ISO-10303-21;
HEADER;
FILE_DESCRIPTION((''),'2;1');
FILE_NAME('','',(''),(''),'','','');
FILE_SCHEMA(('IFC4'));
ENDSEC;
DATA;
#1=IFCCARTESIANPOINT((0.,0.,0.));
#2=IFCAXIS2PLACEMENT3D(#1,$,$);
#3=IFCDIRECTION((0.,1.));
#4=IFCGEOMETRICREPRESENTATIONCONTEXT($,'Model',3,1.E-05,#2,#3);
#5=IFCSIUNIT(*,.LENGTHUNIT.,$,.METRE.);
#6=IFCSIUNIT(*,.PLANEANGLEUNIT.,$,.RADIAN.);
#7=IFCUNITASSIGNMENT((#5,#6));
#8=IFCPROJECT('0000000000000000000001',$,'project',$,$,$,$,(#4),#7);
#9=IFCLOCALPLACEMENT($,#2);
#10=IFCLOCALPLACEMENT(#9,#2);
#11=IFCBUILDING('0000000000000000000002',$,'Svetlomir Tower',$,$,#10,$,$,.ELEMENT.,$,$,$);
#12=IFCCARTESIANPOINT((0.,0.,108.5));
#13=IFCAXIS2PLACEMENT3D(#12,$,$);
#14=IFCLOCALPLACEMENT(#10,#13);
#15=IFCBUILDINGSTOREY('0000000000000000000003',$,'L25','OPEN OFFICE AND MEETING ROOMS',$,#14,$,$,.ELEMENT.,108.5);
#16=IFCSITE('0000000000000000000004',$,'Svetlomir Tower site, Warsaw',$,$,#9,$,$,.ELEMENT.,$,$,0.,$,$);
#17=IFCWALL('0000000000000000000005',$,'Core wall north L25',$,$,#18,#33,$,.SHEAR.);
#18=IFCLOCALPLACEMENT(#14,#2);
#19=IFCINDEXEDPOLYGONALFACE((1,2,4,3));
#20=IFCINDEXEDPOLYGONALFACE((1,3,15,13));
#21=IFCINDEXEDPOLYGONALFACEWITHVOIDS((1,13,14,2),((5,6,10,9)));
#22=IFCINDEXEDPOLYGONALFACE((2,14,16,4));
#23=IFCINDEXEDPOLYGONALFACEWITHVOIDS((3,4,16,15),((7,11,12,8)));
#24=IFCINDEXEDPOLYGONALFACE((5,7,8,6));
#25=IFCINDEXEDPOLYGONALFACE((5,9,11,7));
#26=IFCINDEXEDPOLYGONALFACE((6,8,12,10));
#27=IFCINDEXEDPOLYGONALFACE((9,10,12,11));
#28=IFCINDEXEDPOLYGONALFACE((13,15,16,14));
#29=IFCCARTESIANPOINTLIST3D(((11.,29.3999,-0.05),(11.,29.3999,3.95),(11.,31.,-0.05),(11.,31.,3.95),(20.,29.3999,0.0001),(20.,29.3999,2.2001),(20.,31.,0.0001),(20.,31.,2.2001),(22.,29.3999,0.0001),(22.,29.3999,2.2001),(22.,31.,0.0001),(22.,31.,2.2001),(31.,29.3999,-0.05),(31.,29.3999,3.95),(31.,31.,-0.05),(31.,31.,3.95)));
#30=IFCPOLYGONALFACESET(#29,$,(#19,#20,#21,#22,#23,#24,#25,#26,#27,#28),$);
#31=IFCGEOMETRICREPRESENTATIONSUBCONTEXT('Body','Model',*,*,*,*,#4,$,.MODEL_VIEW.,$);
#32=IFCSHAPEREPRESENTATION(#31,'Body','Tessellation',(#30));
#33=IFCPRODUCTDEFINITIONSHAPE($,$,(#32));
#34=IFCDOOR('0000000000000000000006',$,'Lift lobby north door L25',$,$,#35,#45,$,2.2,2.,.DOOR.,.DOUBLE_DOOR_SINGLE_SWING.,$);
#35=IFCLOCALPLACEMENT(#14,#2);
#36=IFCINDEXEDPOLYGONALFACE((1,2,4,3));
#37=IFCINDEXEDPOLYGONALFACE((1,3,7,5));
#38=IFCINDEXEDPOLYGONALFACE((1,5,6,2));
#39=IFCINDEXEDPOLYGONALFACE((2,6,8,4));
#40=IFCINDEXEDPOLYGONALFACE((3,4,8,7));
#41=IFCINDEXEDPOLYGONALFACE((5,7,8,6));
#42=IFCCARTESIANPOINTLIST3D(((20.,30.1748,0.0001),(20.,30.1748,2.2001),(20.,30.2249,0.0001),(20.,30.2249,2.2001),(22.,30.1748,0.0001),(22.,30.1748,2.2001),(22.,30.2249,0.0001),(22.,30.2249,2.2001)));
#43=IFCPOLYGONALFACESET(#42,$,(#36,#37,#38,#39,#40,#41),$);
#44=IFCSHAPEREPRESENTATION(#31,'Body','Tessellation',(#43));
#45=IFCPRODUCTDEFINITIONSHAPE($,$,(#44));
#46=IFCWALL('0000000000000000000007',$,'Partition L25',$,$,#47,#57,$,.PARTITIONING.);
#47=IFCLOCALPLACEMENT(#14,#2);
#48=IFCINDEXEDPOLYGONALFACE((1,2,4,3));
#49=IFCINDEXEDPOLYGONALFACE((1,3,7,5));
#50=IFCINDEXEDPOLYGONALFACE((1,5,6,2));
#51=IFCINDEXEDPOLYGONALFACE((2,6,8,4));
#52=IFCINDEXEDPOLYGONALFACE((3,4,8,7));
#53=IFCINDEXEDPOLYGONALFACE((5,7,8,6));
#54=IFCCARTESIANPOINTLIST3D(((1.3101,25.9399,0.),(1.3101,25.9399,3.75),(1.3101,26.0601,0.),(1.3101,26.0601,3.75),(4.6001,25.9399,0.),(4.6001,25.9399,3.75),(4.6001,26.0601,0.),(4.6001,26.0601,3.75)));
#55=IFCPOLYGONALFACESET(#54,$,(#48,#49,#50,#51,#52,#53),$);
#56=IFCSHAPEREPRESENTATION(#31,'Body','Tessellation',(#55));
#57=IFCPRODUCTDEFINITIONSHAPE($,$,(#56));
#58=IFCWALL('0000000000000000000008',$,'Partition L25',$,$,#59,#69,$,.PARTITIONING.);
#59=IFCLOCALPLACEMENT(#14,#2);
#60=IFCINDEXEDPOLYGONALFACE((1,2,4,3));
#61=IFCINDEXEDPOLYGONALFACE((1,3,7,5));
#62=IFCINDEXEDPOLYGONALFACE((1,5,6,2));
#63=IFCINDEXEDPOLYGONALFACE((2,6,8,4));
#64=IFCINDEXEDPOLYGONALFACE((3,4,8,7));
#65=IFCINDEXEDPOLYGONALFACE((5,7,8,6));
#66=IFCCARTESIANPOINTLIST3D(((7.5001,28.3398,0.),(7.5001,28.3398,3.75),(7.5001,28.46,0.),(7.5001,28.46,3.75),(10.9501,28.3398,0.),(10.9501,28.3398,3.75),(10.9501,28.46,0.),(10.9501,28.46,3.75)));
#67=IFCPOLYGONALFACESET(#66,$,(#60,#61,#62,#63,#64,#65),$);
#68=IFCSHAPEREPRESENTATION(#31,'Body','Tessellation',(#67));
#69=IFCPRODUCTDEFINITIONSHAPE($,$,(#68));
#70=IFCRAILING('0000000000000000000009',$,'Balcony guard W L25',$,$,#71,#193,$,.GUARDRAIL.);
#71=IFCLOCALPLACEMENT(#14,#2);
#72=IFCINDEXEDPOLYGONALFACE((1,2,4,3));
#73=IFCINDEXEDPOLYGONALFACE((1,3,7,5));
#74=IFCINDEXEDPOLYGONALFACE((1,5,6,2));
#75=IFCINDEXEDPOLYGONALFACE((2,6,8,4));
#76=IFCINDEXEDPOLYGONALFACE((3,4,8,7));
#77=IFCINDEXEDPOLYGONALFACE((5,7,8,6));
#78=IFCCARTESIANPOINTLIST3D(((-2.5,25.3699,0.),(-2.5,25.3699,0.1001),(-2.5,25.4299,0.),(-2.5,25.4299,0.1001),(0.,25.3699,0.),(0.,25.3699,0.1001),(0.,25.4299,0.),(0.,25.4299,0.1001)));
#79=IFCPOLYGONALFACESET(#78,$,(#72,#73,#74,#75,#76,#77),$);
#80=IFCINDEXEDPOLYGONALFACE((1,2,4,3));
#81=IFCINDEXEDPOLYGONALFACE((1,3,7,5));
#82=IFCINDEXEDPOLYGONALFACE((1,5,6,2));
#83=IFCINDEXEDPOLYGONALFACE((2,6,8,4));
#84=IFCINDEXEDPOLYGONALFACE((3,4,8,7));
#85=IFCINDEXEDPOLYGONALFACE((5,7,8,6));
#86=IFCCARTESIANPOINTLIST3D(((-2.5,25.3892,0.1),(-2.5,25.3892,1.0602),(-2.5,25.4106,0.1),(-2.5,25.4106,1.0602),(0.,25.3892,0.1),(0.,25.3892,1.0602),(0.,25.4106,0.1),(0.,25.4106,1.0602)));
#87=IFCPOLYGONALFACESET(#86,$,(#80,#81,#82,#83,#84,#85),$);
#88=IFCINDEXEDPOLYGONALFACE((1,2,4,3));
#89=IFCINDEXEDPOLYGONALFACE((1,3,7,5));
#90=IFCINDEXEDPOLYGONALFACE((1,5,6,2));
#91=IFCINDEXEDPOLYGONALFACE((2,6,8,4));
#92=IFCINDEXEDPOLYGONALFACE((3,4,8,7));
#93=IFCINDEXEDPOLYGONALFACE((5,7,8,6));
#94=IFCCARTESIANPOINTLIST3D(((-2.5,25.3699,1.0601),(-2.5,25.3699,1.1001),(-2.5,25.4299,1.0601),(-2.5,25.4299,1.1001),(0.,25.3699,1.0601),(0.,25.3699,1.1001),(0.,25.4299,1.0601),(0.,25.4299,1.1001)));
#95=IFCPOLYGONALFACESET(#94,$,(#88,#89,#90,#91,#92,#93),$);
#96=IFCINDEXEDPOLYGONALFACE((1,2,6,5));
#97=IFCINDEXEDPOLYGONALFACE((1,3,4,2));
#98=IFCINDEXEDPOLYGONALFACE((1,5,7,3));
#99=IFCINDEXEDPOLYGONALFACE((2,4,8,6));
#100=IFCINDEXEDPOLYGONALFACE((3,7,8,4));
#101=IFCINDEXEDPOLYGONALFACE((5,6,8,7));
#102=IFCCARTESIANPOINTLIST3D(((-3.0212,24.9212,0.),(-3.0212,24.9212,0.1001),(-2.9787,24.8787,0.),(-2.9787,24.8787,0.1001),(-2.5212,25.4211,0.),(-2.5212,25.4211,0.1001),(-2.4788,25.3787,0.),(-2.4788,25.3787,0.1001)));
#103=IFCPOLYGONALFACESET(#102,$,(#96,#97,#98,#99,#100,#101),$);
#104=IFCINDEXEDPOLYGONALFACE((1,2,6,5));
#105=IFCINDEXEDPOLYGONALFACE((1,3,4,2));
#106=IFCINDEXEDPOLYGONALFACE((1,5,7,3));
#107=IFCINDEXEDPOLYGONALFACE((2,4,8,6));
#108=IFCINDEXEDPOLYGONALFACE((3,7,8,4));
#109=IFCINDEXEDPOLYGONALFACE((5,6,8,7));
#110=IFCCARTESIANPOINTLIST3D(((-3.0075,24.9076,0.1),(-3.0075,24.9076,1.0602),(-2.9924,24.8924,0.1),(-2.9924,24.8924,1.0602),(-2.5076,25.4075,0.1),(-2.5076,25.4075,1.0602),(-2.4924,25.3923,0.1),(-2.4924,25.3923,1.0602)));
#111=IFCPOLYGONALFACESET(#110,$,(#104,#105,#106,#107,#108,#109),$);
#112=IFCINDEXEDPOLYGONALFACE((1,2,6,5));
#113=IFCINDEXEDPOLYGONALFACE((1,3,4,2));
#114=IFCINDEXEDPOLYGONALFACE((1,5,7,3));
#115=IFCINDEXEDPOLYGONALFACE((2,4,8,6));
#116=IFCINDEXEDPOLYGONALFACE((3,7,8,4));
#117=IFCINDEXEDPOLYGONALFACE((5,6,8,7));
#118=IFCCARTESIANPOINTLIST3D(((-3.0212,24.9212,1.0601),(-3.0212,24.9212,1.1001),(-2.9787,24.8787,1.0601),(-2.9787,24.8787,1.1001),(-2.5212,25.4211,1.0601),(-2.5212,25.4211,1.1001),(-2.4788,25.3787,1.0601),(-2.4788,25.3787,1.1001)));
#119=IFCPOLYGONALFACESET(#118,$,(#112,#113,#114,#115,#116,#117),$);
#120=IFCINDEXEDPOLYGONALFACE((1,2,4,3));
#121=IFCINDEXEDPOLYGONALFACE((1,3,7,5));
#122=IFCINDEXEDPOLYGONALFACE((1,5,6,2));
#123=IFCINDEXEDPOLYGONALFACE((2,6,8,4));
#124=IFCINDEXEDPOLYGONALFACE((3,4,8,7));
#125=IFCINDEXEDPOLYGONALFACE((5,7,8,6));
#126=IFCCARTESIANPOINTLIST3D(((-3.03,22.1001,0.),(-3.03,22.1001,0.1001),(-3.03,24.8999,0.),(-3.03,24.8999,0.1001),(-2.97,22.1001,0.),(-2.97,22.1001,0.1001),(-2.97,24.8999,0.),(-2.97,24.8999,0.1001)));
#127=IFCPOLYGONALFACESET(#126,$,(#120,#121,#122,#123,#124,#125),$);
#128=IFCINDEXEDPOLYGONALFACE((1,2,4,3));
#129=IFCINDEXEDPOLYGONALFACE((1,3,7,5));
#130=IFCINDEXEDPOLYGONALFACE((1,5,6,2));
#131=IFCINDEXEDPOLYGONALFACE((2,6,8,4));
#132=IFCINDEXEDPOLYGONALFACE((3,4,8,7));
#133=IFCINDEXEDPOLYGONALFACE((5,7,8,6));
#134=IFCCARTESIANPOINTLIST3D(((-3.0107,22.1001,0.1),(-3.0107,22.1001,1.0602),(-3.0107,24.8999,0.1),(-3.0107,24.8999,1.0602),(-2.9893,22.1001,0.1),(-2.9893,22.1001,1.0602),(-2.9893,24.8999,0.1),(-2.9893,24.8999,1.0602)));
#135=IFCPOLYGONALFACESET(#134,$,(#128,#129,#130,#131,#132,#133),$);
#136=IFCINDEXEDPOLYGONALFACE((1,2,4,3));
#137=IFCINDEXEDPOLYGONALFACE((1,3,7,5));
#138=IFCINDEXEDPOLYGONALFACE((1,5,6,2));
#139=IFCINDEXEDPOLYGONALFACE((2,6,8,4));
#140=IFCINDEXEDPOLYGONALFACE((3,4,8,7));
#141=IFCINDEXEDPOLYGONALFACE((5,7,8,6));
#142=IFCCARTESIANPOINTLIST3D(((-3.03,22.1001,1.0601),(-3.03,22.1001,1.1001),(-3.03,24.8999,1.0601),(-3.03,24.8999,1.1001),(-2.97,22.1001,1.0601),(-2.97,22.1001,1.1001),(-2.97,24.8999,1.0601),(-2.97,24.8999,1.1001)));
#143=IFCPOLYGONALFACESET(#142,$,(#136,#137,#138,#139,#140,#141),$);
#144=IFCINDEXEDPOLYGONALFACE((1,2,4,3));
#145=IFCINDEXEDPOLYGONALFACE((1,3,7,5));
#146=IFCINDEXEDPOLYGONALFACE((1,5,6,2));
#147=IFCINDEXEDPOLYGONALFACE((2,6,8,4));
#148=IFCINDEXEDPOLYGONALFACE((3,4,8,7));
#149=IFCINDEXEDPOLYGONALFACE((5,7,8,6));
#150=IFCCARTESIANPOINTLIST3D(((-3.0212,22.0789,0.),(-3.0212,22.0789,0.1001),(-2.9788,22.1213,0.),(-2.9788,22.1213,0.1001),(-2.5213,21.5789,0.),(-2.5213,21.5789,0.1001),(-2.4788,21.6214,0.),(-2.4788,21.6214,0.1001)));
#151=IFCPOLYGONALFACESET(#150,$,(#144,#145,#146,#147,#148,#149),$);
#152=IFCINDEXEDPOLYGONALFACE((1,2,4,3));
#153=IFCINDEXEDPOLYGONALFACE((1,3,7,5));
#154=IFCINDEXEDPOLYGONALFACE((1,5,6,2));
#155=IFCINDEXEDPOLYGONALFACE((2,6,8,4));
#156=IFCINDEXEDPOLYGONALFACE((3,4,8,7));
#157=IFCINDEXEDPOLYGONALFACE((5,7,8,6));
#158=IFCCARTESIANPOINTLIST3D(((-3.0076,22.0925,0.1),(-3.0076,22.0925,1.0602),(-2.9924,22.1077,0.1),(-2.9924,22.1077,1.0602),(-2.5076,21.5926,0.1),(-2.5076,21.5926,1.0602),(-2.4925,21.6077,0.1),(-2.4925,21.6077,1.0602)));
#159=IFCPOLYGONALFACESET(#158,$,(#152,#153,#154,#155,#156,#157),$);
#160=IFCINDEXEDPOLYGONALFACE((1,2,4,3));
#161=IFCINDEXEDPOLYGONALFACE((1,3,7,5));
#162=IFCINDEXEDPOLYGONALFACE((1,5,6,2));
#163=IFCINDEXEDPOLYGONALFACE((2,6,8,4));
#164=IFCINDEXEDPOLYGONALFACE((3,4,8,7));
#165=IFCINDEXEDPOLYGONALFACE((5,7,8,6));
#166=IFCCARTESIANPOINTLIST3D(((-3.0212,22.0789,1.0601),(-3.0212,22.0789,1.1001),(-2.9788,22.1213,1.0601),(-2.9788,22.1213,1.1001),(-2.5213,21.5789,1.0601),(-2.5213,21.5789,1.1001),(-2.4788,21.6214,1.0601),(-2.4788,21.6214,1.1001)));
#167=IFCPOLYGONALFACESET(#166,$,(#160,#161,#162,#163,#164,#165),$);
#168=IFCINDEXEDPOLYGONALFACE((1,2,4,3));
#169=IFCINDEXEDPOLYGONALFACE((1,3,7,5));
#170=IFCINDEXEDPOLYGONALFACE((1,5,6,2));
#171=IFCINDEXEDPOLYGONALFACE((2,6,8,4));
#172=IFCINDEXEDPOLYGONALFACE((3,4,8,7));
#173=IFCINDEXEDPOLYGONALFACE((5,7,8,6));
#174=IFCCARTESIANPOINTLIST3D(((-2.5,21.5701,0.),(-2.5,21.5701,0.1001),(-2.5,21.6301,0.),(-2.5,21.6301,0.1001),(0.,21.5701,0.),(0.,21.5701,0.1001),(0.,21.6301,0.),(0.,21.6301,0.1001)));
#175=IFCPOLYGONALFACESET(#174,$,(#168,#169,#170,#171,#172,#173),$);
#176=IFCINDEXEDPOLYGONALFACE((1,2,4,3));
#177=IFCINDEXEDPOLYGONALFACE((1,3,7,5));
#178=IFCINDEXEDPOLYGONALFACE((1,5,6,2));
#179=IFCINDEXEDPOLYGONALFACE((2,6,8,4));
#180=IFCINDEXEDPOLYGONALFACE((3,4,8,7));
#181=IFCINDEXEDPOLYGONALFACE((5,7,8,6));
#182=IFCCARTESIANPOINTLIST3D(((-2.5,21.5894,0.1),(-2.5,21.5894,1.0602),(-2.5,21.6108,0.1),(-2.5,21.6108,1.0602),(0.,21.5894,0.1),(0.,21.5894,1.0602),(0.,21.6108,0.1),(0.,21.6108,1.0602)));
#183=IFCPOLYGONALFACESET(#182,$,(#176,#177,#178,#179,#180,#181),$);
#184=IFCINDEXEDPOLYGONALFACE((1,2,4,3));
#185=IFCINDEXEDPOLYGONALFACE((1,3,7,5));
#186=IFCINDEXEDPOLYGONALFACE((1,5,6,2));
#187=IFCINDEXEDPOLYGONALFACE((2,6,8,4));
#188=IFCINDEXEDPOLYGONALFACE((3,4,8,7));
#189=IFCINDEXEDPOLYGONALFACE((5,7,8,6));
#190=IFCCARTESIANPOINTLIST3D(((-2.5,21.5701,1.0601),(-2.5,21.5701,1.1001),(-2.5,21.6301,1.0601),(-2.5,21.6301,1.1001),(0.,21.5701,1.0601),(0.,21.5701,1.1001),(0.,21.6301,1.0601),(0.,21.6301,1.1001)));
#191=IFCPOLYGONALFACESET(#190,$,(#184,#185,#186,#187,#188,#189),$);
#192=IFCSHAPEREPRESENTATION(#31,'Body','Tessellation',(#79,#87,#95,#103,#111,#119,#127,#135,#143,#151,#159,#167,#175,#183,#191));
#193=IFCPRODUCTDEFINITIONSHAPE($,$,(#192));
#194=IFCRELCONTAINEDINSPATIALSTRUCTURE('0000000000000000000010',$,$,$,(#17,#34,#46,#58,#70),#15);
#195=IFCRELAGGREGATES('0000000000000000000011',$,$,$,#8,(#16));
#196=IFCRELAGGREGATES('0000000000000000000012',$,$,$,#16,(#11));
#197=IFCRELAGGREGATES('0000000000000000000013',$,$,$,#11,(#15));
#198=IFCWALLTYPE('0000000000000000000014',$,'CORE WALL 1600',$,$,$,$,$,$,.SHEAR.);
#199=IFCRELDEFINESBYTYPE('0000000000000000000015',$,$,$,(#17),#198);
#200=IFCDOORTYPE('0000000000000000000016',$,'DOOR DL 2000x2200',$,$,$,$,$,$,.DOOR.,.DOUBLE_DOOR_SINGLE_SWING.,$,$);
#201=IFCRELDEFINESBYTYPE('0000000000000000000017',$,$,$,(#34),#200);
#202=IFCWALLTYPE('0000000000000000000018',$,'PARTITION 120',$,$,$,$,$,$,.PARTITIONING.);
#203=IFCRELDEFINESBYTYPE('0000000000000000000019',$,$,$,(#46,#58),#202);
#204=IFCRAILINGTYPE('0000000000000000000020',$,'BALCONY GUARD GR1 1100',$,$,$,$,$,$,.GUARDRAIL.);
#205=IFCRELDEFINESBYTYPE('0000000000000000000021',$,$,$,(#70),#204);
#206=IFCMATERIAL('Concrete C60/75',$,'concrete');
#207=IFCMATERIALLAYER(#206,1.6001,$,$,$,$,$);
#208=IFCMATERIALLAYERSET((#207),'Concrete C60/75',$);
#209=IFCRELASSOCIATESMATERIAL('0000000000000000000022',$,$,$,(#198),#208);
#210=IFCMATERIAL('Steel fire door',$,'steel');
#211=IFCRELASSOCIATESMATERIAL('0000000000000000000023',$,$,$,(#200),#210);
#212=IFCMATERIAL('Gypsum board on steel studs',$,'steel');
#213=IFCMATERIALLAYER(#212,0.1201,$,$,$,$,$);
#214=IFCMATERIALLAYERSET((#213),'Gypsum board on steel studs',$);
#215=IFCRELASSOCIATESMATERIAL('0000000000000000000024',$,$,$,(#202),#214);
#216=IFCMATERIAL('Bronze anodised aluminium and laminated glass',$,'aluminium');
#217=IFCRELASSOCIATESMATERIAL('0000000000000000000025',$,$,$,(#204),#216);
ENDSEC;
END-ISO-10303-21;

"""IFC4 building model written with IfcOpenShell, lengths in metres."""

from ifc_helpers import new_model, si_unit, direction, frame, frame_2d, origin, origin_2d, place, context, subcontext, project, spatial, rectangle, extrude, material, layer, layer_set, type_object, element, fill, save


model = new_model("IFC4")

# Units and contexts
model_context = context("Model", 3, precision=1e-05, world=origin(), true_north=direction((0.0, 1.0)))
body_context = subcontext(model_context, "Body", "Model", "MODEL_VIEW")
ifc_project = project(units=[si_unit("LENGTHUNIT", "METRE"), si_unit("PLANEANGLEUNIT", "RADIAN")], contexts=[model_context])

# Site, building, storey
site_placement = place(None, origin())
site = spatial("IfcSite", under=ifc_project, at=site_placement, Name="Svetlomir Tower site, Warsaw", CompositionType="ELEMENT", RefElevation=0.0)
building_placement = place(site_placement, origin())
building = spatial("IfcBuilding", under=site, at=building_placement, Name="Svetlomir Tower", CompositionType="ELEMENT")
storey_placement = place(building_placement, frame((0.0, 0.0, 108.5)))
storey = spatial("IfcBuildingStorey", under=building, at=storey_placement, Name="L25", Description="OPEN OFFICE AND MEETING ROOMS", CompositionType="ELEMENT", Elevation=108.5)

# Wall, opening, door
ifc_material_1 = material(Name="Concrete C60/75", Category="concrete")
ifc_layer_1 = layer(ifc_material_1, 1.6001)
ifc_layer_set_1 = layer_set([ifc_layer_1], Name="Concrete C60/75")
wall_type_1 = type_object("IfcWallType", Name="CORE WALL 1600", PredefinedType="SHEAR", material=ifc_layer_set_1)
wall_1_placement = place(storey_placement, frame((11.0, 30.2, -0.05), z_axis=(0.0, 0.0, 1.0), x_axis=(1.0, 0.0, 0.0)))
wall_1 = element("IfcWall", 1, at=wall_1_placement, inside=storey, type_object=wall_type_1, Name="Core wall north L25", PredefinedType="SHEAR", context=body_context, shape_type="SweptSolid", body=[
    extrude(rectangle(XDim=20.0, YDim=1.6001, at=frame_2d((10.0, 0.0))), origin(), (0.0, 0.0, 1.0), 4.0),
])
opening_1_placement = place(wall_1_placement, frame((9.0, 0.0, 0.05)))
opening_1 = element("IfcOpeningElement", 2, at=opening_1_placement, cuts=wall_1, PredefinedType="OPENING", context=body_context, shape_type="SweptSolid", body=[
    extrude(rectangle(XDim=2.0, YDim=2.2, at=frame_2d((1.0, 1.1001))), frame((0.0, 0.8101, 0.0), z_axis=(0.0, -1.0, 0.0), x_axis=(1.0, 0.0, 0.0)), (0.0, 0.0, 1.0), 1.6201),
])
ifc_material_2 = material(Name="Steel fire door", Category="steel")
door_type_1 = type_object("IfcDoorType", Name="DOOR DL 2000x2200", OperationType="DOUBLE_DOOR_SINGLE_SWING", PredefinedType="DOOR", material=ifc_material_2)
door_1_placement = place(opening_1_placement, origin())
door_1 = element("IfcDoor", 3, at=door_1_placement, inside=storey, type_object=door_type_1, Name="Lift lobby north door L25", OperationType="DOUBLE_DOOR_SINGLE_SWING", OverallHeight=2.2, OverallWidth=2.0, PredefinedType="DOOR", context=body_context, shape_type="SweptSolid", body=[
    extrude(rectangle(XDim=2.0, YDim=2.2, at=frame_2d((1.0, 1.1001))), frame((0.0, 0.0249, 0.0), z_axis=(0.0, -1.0, 0.0), x_axis=(1.0, 0.0, 0.0)), (0.0, 0.0, 1.0), 0.05),
])
fill(opening_1, door_1)

# Walls
ifc_material_3 = material(Name="Gypsum board on steel studs", Category="steel")
ifc_layer_2 = layer(ifc_material_3, 0.1201)
ifc_layer_set_2 = layer_set([ifc_layer_2], Name="Gypsum board on steel studs")
wall_type_2 = type_object("IfcWallType", Name="PARTITION 120", PredefinedType="PARTITIONING", material=ifc_layer_set_2)
wall_2_placement = place(storey_placement, frame((1.3101, 26.0, 0.0), z_axis=(0.0, 0.0, 1.0), x_axis=(1.0, 0.0, 0.0)))
element("IfcWall", 4, at=wall_2_placement, inside=storey, type_object=wall_type_2, Name="Partition L25", PredefinedType="PARTITIONING", context=body_context, shape_type="SweptSolid", body=[
    extrude(rectangle(XDim=3.29, YDim=0.1201, at=frame_2d((1.645, 0.0))), origin(), (0.0, 0.0, 1.0), 3.75),
])
wall_3_placement = place(storey_placement, frame((7.5, 28.3999, 0.0), z_axis=(0.0, 0.0, 1.0), x_axis=(1.0, 0.0, 0.0)))
element("IfcWall", 5, at=wall_3_placement, inside=storey, type_object=wall_type_2, Name="Partition L25", PredefinedType="PARTITIONING", context=body_context, shape_type="SweptSolid", body=[
    extrude(rectangle(XDim=3.45, YDim=0.1201, at=frame_2d((1.7251, 0.0))), origin(), (0.0, 0.0, 1.0), 3.75),
])

# Railing
ifc_material_4 = material(Name="Bronze anodised aluminium and laminated glass", Category="aluminium")
railing_type = type_object("IfcRailingType", Name="BALCONY GUARD GR1 1100", PredefinedType="GUARDRAIL", material=ifc_material_4)
railing_placement = place(storey_placement, frame((0.0, 25.3999, 0.0)))
element("IfcRailing", 6, at=railing_placement, inside=storey, type_object=railing_type, Name="Balcony guard W L25", PredefinedType="GUARDRAIL", context=body_context, shape_type="SweptSolid", body=[
    extrude(rectangle(XDim=0.0601, YDim=0.1001, at=origin_2d()), frame((0.0, 0.0, 0.05), z_axis=(-1.0, 0.0, 0.0), x_axis=(0.0, -1.0, 0.0)), (0.0, 0.0, 1.0), 2.5),
    extrude(rectangle(XDim=0.0215, YDim=0.9602, at=origin_2d()), frame((0.0, 0.0, 0.5801), z_axis=(-1.0, 0.0, 0.0), x_axis=(0.0, -1.0, 0.0)), (0.0, 0.0, 1.0), 2.5),
    extrude(rectangle(XDim=0.0601, YDim=0.04, at=origin_2d()), frame((0.0, 0.0, 1.0801), z_axis=(-1.0, 0.0, 0.0), x_axis=(0.0, -1.0, 0.0)), (0.0, 0.0, 1.0), 2.5),
    extrude(rectangle(XDim=0.0601, YDim=0.1001, at=origin_2d()), frame((-2.5, 0.0, 0.05), z_axis=(-0.707107, -0.707107, 0.0), x_axis=(0.707107, -0.707107, 0.0)), (0.0, 0.0, 1.0), 0.707),
    extrude(rectangle(XDim=0.0215, YDim=0.9602, at=origin_2d()), frame((-2.5, 0.0, 0.5801), z_axis=(-0.707107, -0.707107, 0.0), x_axis=(0.707107, -0.707107, 0.0)), (0.0, 0.0, 1.0), 0.707),
    extrude(rectangle(XDim=0.0601, YDim=0.04, at=origin_2d()), frame((-2.5, 0.0, 1.0801), z_axis=(-0.707107, -0.707107, 0.0), x_axis=(0.707107, -0.707107, 0.0)), (0.0, 0.0, 1.0), 0.707),
    extrude(rectangle(XDim=0.0601, YDim=0.1001, at=origin_2d()), frame((-3.0, -0.5, 0.05), z_axis=(0.0, -1.0, 0.0), x_axis=(1.0, 0.0, 0.0)), (0.0, 0.0, 1.0), 2.7998),
    extrude(rectangle(XDim=0.0215, YDim=0.9602, at=origin_2d()), frame((-3.0, -0.5, 0.5801), z_axis=(0.0, -1.0, 0.0), x_axis=(1.0, 0.0, 0.0)), (0.0, 0.0, 1.0), 2.7998),
    extrude(rectangle(XDim=0.0601, YDim=0.04, at=origin_2d()), frame((-3.0, -0.5, 1.0801), z_axis=(0.0, -1.0, 0.0), x_axis=(1.0, 0.0, 0.0)), (0.0, 0.0, 1.0), 2.7998),
    extrude(rectangle(XDim=0.0601, YDim=0.1001, at=origin_2d()), frame((-3.0, -3.2998, 0.05), z_axis=(0.707107, -0.707107, 0.0), x_axis=(0.707107, 0.707107, 0.0)), (0.0, 0.0, 1.0), 0.707),
    extrude(rectangle(XDim=0.0215, YDim=0.9602, at=origin_2d()), frame((-3.0, -3.2998, 0.5801), z_axis=(0.707107, -0.707107, 0.0), x_axis=(0.707107, 0.707107, 0.0)), (0.0, 0.0, 1.0), 0.707),
    extrude(rectangle(XDim=0.0601, YDim=0.04, at=origin_2d()), frame((-3.0, -3.2998, 1.0801), z_axis=(0.707107, -0.707107, 0.0), x_axis=(0.707107, 0.707107, 0.0)), (0.0, 0.0, 1.0), 0.707),
    extrude(rectangle(XDim=0.0601, YDim=0.1001, at=origin_2d()), frame((-2.5, -3.7998, 0.05), z_axis=(1.0, 0.0, 0.0), x_axis=(0.0, 1.0, 0.0)), (0.0, 0.0, 1.0), 2.5),
    extrude(rectangle(XDim=0.0215, YDim=0.9602, at=origin_2d()), frame((-2.5, -3.7998, 0.5801), z_axis=(1.0, 0.0, 0.0), x_axis=(0.0, 1.0, 0.0)), (0.0, 0.0, 1.0), 2.5),
    extrude(rectangle(XDim=0.0601, YDim=0.04, at=origin_2d()), frame((-2.5, -3.7998, 1.0801), z_axis=(1.0, 0.0, 0.0), x_axis=(0.0, 1.0, 0.0)), (0.0, 0.0, 1.0), 2.5),
])

save(model, "model.ifc")
